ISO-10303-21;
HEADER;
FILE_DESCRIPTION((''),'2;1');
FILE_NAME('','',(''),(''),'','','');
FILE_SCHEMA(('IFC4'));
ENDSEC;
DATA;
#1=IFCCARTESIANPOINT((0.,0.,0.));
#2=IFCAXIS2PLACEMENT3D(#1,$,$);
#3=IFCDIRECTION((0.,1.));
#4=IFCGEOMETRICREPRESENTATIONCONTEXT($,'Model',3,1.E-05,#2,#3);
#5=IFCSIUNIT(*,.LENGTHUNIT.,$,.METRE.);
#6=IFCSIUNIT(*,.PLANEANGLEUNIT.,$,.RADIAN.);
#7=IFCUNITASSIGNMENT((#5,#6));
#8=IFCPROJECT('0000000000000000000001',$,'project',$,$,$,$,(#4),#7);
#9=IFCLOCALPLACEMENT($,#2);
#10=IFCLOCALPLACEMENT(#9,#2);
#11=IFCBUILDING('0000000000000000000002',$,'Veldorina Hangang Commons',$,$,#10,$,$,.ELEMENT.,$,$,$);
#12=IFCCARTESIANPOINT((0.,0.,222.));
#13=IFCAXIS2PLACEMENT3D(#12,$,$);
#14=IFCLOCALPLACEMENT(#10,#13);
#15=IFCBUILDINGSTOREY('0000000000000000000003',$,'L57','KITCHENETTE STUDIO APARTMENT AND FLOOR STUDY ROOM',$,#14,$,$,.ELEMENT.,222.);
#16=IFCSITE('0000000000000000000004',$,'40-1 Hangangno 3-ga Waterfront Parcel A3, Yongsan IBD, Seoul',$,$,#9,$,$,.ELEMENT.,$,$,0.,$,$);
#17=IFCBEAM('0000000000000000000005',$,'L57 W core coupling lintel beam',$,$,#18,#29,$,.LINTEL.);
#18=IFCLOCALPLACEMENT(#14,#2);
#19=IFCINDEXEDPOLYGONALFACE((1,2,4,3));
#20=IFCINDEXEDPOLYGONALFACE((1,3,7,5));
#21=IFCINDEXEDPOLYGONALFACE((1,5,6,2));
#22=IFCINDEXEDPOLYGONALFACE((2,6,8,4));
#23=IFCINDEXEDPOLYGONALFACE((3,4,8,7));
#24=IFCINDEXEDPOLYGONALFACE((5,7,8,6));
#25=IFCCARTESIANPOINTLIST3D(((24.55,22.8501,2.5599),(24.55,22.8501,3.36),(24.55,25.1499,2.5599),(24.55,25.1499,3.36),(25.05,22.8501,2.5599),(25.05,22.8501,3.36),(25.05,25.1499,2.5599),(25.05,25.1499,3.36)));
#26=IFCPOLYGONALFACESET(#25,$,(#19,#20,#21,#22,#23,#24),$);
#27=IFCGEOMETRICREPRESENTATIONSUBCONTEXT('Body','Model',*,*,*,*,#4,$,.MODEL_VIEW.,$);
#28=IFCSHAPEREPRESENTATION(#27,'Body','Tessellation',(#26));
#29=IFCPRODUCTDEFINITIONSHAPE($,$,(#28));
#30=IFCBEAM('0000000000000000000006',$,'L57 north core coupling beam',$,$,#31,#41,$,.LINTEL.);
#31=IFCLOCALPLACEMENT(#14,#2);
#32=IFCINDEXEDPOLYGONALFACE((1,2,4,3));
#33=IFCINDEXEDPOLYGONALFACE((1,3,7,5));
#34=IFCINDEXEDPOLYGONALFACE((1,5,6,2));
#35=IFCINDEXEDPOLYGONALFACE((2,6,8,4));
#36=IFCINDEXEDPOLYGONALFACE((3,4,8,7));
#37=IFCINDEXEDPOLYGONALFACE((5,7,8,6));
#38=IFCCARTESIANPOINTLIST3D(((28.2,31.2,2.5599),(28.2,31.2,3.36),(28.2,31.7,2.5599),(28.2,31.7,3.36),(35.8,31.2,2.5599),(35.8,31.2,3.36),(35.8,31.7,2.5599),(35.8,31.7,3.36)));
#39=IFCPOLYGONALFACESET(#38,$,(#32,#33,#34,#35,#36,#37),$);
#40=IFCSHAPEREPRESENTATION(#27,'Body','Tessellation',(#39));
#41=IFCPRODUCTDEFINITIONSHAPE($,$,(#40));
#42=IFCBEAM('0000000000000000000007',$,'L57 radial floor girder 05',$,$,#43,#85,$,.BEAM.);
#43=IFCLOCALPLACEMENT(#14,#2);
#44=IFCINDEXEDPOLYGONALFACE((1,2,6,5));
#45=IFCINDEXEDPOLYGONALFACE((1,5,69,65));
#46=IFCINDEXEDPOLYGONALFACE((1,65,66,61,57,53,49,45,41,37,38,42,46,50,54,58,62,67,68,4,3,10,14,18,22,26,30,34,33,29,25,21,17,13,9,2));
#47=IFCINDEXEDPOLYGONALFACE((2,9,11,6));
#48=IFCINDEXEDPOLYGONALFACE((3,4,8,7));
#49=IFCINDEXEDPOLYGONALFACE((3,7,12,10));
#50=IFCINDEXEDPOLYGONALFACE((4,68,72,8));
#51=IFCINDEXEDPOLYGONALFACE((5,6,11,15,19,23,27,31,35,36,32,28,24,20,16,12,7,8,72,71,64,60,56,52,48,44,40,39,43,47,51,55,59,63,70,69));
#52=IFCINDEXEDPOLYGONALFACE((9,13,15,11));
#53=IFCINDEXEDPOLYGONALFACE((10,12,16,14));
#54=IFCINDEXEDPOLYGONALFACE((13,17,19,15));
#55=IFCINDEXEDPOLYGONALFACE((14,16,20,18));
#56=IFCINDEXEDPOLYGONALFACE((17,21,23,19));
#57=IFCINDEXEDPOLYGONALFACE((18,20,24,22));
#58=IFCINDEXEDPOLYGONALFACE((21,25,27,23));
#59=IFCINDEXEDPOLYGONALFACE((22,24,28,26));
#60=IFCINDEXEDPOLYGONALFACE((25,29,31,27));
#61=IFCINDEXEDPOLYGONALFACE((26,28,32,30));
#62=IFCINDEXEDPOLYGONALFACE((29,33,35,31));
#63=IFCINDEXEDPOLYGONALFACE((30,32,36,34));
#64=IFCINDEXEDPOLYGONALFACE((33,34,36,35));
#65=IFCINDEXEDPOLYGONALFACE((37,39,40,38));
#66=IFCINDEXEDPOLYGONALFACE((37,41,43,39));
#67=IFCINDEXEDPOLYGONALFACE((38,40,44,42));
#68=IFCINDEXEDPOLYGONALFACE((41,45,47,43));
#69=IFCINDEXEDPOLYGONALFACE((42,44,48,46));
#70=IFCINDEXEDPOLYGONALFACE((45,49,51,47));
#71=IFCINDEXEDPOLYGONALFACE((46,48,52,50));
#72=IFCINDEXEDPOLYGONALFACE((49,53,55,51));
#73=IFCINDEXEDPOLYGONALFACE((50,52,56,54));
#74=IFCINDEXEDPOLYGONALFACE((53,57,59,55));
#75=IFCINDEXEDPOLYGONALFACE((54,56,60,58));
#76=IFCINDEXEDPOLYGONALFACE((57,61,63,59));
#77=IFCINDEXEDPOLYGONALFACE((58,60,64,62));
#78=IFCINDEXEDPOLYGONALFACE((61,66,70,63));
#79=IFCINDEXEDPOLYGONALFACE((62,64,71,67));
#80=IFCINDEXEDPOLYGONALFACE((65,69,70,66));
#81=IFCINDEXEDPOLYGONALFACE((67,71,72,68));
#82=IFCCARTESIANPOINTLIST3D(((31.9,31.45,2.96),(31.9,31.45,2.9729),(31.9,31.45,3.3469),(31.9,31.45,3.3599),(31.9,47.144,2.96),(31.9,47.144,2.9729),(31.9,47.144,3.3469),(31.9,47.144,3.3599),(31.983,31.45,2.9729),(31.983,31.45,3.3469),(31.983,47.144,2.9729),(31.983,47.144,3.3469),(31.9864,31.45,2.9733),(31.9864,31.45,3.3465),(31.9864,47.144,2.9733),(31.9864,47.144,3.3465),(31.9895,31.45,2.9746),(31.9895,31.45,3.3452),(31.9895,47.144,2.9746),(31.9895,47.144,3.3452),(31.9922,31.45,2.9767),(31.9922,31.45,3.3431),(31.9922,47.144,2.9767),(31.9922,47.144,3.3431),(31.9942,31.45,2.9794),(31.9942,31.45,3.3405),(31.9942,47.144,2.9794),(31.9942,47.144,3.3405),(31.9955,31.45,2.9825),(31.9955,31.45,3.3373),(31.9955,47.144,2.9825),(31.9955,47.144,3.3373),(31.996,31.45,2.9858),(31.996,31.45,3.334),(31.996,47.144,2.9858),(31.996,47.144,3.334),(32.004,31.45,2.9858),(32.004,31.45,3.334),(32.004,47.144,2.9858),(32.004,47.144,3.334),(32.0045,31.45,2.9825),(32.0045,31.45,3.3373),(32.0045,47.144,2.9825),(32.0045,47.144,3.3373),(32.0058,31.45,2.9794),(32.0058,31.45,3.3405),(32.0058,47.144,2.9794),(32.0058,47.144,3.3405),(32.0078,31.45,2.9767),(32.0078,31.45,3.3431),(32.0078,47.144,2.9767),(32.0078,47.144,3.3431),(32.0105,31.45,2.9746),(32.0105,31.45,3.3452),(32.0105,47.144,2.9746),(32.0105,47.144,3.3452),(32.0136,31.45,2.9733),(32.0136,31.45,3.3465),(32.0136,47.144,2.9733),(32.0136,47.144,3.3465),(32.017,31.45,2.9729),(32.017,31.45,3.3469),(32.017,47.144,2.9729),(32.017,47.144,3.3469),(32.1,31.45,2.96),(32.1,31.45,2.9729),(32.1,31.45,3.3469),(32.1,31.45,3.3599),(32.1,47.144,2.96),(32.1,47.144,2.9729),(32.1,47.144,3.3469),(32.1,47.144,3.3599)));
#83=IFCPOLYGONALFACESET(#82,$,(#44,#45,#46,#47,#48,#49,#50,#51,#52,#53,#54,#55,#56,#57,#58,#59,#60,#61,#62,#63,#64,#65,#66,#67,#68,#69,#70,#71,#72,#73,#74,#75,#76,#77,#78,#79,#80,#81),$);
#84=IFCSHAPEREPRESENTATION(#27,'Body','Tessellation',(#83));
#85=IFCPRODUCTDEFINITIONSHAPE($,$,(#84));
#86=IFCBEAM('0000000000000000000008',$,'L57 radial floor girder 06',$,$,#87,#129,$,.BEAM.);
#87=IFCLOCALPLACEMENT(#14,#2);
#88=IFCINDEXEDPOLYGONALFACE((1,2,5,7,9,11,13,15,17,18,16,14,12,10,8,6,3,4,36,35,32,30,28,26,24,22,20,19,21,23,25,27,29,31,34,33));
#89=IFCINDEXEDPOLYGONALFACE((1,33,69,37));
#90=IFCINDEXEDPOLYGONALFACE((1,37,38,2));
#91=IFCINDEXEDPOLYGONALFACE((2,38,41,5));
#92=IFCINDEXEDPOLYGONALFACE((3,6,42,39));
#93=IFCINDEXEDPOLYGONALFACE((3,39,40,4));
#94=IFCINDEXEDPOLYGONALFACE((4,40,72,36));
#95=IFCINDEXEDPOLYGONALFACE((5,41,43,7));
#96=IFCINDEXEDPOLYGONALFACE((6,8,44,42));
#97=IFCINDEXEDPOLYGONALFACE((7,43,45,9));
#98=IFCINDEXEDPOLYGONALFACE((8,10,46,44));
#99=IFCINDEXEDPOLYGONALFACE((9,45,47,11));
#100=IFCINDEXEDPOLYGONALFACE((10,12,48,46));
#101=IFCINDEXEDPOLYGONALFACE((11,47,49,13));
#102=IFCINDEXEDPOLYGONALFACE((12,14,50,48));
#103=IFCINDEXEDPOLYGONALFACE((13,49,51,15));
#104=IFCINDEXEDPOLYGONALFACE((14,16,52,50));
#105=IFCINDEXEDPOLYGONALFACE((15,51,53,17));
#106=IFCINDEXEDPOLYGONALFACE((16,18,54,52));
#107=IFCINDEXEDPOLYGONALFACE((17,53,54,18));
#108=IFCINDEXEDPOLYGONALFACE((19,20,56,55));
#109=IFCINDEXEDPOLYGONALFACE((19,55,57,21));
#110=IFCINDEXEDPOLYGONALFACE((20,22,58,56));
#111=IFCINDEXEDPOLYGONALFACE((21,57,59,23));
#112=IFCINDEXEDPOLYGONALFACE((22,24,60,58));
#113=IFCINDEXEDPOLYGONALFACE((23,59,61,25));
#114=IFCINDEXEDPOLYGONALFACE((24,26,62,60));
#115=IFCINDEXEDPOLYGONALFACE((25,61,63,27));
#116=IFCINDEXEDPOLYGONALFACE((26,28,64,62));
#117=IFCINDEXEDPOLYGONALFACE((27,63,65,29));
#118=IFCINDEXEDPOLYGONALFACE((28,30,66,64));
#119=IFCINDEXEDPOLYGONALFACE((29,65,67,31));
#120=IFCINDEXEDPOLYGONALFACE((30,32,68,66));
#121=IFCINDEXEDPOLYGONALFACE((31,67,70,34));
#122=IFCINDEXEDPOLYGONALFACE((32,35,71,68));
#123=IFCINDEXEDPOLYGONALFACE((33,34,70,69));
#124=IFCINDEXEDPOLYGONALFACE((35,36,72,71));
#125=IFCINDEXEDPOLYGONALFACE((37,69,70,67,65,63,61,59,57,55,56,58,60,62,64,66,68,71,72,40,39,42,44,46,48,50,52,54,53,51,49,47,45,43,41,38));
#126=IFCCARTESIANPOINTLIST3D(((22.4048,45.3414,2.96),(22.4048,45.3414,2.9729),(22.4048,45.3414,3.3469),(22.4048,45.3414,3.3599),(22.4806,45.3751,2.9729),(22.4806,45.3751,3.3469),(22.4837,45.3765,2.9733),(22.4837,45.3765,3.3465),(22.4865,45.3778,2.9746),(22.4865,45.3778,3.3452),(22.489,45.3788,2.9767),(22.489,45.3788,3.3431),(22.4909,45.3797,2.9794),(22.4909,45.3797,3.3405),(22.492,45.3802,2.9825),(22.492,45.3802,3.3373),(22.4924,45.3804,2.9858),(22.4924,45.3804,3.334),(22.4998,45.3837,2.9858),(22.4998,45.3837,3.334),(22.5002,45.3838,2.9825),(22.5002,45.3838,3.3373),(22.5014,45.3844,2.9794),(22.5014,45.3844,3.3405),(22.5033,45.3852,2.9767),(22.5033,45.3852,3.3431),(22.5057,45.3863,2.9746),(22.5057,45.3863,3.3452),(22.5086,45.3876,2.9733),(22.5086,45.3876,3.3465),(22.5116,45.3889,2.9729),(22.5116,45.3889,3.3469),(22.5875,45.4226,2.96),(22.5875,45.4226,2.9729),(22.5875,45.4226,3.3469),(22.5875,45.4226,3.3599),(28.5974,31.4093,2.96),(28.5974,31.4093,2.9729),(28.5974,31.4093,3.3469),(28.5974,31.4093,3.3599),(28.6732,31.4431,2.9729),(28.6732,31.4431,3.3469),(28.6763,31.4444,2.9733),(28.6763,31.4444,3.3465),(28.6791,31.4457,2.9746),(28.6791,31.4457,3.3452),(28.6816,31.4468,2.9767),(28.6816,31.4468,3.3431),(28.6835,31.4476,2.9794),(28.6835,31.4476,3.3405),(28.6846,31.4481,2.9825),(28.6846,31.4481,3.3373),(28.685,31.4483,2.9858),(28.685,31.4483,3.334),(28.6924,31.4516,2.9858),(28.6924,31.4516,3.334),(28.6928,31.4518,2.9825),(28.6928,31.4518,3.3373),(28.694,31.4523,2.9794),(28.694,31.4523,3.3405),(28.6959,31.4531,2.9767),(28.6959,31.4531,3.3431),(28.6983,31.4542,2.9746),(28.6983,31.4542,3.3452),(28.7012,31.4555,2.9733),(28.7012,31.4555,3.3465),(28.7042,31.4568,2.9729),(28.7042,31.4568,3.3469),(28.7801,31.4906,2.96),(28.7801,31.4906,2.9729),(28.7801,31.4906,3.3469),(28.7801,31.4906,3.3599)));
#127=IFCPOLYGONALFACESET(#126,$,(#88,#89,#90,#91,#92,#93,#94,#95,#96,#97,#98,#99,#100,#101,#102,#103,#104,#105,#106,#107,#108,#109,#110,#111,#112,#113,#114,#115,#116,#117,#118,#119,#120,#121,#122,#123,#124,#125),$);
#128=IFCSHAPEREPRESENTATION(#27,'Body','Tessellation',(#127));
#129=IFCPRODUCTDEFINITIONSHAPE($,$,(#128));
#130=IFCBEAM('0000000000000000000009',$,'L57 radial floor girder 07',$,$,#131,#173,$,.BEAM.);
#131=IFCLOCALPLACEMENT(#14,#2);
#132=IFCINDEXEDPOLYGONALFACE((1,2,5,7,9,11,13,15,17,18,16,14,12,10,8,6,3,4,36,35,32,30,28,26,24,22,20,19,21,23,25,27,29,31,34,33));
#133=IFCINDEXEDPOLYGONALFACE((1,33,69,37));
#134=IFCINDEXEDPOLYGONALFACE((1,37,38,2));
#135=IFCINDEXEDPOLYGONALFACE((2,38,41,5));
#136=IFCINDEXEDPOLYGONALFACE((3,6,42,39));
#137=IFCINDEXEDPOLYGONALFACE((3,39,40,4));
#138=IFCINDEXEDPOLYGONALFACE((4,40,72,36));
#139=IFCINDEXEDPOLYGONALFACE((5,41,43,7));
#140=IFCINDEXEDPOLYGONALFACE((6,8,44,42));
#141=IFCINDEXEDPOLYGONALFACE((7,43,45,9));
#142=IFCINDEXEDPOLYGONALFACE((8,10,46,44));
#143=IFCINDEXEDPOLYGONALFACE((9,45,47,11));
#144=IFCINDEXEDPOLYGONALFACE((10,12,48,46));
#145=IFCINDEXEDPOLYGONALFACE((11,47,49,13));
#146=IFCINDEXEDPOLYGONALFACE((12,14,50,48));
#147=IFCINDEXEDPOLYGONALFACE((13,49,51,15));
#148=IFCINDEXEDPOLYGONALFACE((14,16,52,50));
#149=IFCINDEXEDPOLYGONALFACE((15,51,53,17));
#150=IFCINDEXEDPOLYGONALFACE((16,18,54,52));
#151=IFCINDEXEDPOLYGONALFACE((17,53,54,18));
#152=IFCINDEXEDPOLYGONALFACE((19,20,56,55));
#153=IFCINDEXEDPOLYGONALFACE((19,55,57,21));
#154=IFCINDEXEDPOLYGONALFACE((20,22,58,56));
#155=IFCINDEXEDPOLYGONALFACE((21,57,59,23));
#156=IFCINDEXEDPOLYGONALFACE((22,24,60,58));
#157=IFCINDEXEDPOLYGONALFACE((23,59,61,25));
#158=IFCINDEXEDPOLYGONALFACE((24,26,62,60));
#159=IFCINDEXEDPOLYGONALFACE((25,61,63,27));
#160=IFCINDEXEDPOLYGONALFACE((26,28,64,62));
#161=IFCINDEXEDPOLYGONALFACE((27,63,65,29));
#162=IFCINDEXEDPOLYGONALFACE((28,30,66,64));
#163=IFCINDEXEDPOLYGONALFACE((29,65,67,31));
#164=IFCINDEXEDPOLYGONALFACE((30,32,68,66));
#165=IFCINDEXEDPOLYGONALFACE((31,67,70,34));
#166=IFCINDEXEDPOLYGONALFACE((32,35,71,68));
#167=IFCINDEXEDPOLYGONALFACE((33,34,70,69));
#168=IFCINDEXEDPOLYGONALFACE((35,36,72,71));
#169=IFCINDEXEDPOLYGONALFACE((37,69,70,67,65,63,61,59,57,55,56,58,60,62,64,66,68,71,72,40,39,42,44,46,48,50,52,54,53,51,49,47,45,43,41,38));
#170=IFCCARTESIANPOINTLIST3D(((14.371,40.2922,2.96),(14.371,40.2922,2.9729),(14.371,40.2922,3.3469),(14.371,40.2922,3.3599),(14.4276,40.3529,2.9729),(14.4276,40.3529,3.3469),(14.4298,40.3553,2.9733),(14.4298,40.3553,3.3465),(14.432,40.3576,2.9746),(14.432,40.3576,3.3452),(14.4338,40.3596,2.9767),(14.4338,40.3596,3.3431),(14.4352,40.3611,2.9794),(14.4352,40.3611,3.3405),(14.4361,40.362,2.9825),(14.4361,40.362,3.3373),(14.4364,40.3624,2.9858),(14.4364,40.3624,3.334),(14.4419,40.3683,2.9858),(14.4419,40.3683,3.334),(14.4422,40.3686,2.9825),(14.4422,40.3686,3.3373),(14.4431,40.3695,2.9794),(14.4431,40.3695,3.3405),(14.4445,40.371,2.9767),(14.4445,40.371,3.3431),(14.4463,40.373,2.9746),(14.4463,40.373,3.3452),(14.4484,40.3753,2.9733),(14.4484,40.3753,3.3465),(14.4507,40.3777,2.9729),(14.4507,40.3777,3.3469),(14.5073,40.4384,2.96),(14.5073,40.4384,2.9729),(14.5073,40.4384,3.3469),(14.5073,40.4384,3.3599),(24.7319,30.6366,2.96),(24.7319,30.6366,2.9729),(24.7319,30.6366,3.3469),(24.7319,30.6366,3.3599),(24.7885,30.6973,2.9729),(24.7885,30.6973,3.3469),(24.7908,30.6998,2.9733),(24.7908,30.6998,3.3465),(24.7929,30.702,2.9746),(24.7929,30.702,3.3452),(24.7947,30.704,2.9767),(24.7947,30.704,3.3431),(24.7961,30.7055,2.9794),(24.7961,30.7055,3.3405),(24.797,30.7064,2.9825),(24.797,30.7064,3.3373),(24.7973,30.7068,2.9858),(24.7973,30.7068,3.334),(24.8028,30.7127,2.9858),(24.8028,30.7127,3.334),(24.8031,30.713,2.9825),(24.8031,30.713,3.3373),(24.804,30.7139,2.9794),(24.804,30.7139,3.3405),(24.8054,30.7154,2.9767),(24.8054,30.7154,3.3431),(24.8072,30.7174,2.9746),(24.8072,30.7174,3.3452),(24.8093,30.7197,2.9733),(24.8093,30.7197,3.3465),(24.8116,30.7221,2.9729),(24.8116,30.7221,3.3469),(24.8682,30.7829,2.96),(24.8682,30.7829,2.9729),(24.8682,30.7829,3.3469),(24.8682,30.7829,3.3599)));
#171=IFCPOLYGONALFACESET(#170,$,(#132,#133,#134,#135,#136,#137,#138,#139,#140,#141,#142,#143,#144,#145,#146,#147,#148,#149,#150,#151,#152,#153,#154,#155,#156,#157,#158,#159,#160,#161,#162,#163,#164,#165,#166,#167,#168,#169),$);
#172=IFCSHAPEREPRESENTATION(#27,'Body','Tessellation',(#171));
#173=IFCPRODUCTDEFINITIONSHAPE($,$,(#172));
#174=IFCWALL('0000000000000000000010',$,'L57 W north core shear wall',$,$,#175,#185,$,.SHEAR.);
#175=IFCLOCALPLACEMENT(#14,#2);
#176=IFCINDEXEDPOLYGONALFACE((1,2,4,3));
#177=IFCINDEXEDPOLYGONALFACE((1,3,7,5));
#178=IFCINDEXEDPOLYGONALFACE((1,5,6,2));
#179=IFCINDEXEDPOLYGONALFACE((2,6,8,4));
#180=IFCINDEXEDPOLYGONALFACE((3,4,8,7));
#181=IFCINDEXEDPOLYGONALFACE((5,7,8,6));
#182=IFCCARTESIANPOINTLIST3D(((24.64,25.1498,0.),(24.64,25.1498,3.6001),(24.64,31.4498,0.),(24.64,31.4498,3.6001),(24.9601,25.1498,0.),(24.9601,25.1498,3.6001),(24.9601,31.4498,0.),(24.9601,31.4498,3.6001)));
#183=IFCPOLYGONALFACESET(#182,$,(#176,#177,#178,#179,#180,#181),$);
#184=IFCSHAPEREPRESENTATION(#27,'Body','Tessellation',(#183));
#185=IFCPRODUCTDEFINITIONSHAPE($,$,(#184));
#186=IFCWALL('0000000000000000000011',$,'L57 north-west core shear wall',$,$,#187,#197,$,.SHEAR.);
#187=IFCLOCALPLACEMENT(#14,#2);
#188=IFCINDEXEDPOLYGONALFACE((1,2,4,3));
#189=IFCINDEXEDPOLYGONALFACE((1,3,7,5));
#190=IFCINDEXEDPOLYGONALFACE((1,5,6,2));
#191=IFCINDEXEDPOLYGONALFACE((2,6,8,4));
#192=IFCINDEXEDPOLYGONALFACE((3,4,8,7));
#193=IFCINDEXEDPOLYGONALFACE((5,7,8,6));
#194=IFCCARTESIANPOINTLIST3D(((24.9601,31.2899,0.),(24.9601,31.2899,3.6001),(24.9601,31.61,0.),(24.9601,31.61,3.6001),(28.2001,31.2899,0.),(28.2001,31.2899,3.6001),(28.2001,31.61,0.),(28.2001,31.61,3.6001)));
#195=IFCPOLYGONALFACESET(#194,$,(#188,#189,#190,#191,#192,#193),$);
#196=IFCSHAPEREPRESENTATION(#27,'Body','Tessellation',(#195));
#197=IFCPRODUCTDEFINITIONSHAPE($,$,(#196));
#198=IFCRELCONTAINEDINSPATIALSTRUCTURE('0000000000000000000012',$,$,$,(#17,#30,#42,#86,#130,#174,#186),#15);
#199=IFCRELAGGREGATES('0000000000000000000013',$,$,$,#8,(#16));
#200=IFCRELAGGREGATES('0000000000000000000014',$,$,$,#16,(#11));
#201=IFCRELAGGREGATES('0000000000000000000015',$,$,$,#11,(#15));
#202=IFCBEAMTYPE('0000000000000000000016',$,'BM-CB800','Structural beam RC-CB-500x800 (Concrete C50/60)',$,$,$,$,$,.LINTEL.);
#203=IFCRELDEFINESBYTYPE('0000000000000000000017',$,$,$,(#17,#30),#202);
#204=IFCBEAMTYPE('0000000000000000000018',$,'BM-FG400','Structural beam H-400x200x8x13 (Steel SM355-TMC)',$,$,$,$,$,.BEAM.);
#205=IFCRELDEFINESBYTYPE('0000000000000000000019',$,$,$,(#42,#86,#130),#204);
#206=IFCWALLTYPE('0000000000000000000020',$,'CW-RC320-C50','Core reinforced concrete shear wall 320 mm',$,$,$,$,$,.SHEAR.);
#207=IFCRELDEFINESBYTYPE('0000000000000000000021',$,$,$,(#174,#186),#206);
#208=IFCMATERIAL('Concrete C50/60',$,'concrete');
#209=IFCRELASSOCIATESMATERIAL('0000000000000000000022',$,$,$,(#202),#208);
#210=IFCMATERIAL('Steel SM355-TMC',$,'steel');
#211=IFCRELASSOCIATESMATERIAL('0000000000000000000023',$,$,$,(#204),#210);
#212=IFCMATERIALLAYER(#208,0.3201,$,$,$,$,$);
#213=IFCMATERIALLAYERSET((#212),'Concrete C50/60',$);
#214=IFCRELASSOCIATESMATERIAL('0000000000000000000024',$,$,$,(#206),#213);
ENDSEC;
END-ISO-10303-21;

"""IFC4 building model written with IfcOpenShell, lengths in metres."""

from ifc_helpers import new_model, si_unit, direction, frame, frame_2d, origin, origin_2d, place, context, subcontext, project, spatial, rectangle, i_section, extrude, material, layer, layer_set, material_profile, profile_set, type_object, element, save


model = new_model("IFC4")

# Units and contexts
model_context = context("Model", 3, precision=1e-05, world=origin(), true_north=direction((0.0, 1.0)))
body_context = subcontext(model_context, "Body", "Model", "MODEL_VIEW")
ifc_project = project(units=[si_unit("LENGTHUNIT", "METRE"), si_unit("PLANEANGLEUNIT", "RADIAN")], contexts=[model_context])

# Site, building, storey
site_placement = place(None, origin())
site = spatial("IfcSite", under=ifc_project, at=site_placement, Name="40-1 Hangangno 3-ga Waterfront Parcel A3, Yongsan IBD, Seoul", CompositionType="ELEMENT", RefElevation=0.0)
building_placement = place(site_placement, origin())
building = spatial("IfcBuilding", under=site, at=building_placement, Name="Veldorina Hangang Commons", CompositionType="ELEMENT")
storey_placement = place(building_placement, frame((0.0, 0.0, 222.0)))
storey = spatial("IfcBuildingStorey", under=building, at=storey_placement, Name="L57", Description="KITCHENETTE STUDIO APARTMENT AND FLOOR STUDY ROOM", CompositionType="ELEMENT", Elevation=222.0)

# Beams
ifc_material_1 = material(Name="Concrete C50/60", Category="concrete")
ifc_material_profile_1 = material_profile(ifc_material_1, rectangle(XDim=0.5, YDim=0.8, at=origin_2d()), Name="RC-CB-500x800")
ifc_profile_set_1 = profile_set([ifc_material_profile_1], Name="Concrete C50/60")
beam_type_1 = type_object("IfcBeamType", Name="BM-CB800", Description="Structural beam RC-CB-500x800 (Concrete C50/60)", PredefinedType="LINTEL", material=ifc_profile_set_1)
beam_1_placement = place(storey_placement, frame((24.8, 22.8501, 2.96), z_axis=(0.0, 1.0, 0.0), x_axis=(-1.0, 0.0, 0.0)))
element("IfcBeam", 1, at=beam_1_placement, inside=storey, type_object=beam_type_1, Name="L57 W core coupling lintel beam", PredefinedType="LINTEL", context=body_context, shape_type="SweptSolid", body=[
    extrude(rectangle(XDim=0.5, YDim=0.8, at=origin_2d()), origin(), (0.0, 0.0, 1.0), 2.2998),
])
beam_2_placement = place(storey_placement, frame((28.2, 31.45, 2.96), z_axis=(1.0, 0.0, 0.0), x_axis=(0.0, 1.0, 0.0)))
element("IfcBeam", 2, at=beam_2_placement, inside=storey, type_object=beam_type_1, Name="L57 north core coupling beam", PredefinedType="LINTEL", context=body_context, shape_type="SweptSolid", body=[
    extrude(rectangle(XDim=0.5, YDim=0.8, at=origin_2d()), origin(), (0.0, 0.0, 1.0), 7.6001),
])
ifc_material_2 = material(Name="Steel SM355-TMC", Category="steel")
ifc_material_profile_2 = material_profile(ifc_material_2, i_section(OverallWidth=0.2, OverallDepth=0.3999, WebThickness=0.0081, FlangeThickness=0.0129, FilletRadius=0.0129, at=origin_2d()), Name="H-400x200x8x13")
ifc_profile_set_2 = profile_set([ifc_material_profile_2], Name="Steel SM355-TMC")
beam_type_2 = type_object("IfcBeamType", Name="BM-FG400", Description="Structural beam H-400x200x8x13 (Steel SM355-TMC)", PredefinedType="BEAM", material=ifc_profile_set_2)
beam_3_placement = place(storey_placement, frame((32.0, 31.45, 3.1599), z_axis=(0.0, 1.0, 0.0), x_axis=(-1.0, 0.0, 0.0)))
element("IfcBeam", 3, at=beam_3_placement, inside=storey, type_object=beam_type_2, Name="L57 radial floor girder 05", PredefinedType="BEAM", context=body_context, shape_type="SweptSolid", body=[
    extrude(i_section(OverallWidth=0.2, OverallDepth=0.3999, WebThickness=0.0081, FlangeThickness=0.0129, FilletRadius=0.0129, at=origin_2d()), origin(), (0.0, 0.0, 1.0), 15.6941),
])
beam_4_placement = place(storey_placement, frame((28.6887, 31.45, 3.1599), z_axis=(-0.40617, 0.913798, 0.0), x_axis=(-0.913798, -0.40617, 0.0)))
element("IfcBeam", 4, at=beam_4_placement, inside=storey, type_object=beam_type_2, Name="L57 radial floor girder 06", PredefinedType="BEAM", context=body_context, shape_type="SweptSolid", body=[
    extrude(i_section(OverallWidth=0.2, OverallDepth=0.3999, WebThickness=0.0081, FlangeThickness=0.0129, FilletRadius=0.0129, at=origin_2d()), origin(), (0.0, 0.0, 1.0), 15.2463),
])
beam_5_placement = place(storey_placement, frame((24.8, 30.7097, 3.1599), z_axis=(-0.731569, 0.681767, 0.0), x_axis=(-0.681767, -0.731569, 0.0)))
element("IfcBeam", 5, at=beam_5_placement, inside=storey, type_object=beam_type_2, Name="L57 radial floor girder 07", PredefinedType="BEAM", context=body_context, shape_type="SweptSolid", body=[
    extrude(i_section(OverallWidth=0.2, OverallDepth=0.3999, WebThickness=0.0081, FlangeThickness=0.0129, FilletRadius=0.0129, at=origin_2d()), origin(), (0.0, 0.0, 1.0), 14.1626),
])

# Walls
ifc_layer_1 = layer(ifc_material_1, 0.3201)
ifc_layer_set_1 = layer_set([ifc_layer_1], Name="Concrete C50/60")
wall_type_1 = type_object("IfcWallType", Name="CW-RC320-C50", Description="Core reinforced concrete shear wall 320 mm", PredefinedType="SHEAR", material=ifc_layer_set_1)
wall_1_placement = place(storey_placement, frame((24.8, 25.1499, 0.0), z_axis=(0.0, 0.0, 1.0), x_axis=(0.0, 1.0, 0.0)))
element("IfcWall", 6, at=wall_1_placement, inside=storey, type_object=wall_type_1, Name="L57 W north core shear wall", PredefinedType="SHEAR", context=body_context, shape_type="SweptSolid", body=[
    extrude(rectangle(XDim=6.3, YDim=0.3201, at=frame_2d((3.1499, 0.0))), origin(), (0.0, 0.0, 1.0), 3.6001),
])
wall_2_placement = place(storey_placement, frame((24.96, 31.45, 0.0), z_axis=(0.0, 0.0, 1.0), x_axis=(1.0, 0.0, 0.0)))
element("IfcWall", 7, at=wall_2_placement, inside=storey, type_object=wall_type_1, Name="L57 north-west core shear wall", PredefinedType="SHEAR", context=body_context, shape_type="SweptSolid", body=[
    extrude(rectangle(XDim=3.24, YDim=0.3201, at=frame_2d((1.6201, 0.0))), origin(), (0.0, 0.0, 1.0), 3.6001),
])

save(model, "model.ifc")
